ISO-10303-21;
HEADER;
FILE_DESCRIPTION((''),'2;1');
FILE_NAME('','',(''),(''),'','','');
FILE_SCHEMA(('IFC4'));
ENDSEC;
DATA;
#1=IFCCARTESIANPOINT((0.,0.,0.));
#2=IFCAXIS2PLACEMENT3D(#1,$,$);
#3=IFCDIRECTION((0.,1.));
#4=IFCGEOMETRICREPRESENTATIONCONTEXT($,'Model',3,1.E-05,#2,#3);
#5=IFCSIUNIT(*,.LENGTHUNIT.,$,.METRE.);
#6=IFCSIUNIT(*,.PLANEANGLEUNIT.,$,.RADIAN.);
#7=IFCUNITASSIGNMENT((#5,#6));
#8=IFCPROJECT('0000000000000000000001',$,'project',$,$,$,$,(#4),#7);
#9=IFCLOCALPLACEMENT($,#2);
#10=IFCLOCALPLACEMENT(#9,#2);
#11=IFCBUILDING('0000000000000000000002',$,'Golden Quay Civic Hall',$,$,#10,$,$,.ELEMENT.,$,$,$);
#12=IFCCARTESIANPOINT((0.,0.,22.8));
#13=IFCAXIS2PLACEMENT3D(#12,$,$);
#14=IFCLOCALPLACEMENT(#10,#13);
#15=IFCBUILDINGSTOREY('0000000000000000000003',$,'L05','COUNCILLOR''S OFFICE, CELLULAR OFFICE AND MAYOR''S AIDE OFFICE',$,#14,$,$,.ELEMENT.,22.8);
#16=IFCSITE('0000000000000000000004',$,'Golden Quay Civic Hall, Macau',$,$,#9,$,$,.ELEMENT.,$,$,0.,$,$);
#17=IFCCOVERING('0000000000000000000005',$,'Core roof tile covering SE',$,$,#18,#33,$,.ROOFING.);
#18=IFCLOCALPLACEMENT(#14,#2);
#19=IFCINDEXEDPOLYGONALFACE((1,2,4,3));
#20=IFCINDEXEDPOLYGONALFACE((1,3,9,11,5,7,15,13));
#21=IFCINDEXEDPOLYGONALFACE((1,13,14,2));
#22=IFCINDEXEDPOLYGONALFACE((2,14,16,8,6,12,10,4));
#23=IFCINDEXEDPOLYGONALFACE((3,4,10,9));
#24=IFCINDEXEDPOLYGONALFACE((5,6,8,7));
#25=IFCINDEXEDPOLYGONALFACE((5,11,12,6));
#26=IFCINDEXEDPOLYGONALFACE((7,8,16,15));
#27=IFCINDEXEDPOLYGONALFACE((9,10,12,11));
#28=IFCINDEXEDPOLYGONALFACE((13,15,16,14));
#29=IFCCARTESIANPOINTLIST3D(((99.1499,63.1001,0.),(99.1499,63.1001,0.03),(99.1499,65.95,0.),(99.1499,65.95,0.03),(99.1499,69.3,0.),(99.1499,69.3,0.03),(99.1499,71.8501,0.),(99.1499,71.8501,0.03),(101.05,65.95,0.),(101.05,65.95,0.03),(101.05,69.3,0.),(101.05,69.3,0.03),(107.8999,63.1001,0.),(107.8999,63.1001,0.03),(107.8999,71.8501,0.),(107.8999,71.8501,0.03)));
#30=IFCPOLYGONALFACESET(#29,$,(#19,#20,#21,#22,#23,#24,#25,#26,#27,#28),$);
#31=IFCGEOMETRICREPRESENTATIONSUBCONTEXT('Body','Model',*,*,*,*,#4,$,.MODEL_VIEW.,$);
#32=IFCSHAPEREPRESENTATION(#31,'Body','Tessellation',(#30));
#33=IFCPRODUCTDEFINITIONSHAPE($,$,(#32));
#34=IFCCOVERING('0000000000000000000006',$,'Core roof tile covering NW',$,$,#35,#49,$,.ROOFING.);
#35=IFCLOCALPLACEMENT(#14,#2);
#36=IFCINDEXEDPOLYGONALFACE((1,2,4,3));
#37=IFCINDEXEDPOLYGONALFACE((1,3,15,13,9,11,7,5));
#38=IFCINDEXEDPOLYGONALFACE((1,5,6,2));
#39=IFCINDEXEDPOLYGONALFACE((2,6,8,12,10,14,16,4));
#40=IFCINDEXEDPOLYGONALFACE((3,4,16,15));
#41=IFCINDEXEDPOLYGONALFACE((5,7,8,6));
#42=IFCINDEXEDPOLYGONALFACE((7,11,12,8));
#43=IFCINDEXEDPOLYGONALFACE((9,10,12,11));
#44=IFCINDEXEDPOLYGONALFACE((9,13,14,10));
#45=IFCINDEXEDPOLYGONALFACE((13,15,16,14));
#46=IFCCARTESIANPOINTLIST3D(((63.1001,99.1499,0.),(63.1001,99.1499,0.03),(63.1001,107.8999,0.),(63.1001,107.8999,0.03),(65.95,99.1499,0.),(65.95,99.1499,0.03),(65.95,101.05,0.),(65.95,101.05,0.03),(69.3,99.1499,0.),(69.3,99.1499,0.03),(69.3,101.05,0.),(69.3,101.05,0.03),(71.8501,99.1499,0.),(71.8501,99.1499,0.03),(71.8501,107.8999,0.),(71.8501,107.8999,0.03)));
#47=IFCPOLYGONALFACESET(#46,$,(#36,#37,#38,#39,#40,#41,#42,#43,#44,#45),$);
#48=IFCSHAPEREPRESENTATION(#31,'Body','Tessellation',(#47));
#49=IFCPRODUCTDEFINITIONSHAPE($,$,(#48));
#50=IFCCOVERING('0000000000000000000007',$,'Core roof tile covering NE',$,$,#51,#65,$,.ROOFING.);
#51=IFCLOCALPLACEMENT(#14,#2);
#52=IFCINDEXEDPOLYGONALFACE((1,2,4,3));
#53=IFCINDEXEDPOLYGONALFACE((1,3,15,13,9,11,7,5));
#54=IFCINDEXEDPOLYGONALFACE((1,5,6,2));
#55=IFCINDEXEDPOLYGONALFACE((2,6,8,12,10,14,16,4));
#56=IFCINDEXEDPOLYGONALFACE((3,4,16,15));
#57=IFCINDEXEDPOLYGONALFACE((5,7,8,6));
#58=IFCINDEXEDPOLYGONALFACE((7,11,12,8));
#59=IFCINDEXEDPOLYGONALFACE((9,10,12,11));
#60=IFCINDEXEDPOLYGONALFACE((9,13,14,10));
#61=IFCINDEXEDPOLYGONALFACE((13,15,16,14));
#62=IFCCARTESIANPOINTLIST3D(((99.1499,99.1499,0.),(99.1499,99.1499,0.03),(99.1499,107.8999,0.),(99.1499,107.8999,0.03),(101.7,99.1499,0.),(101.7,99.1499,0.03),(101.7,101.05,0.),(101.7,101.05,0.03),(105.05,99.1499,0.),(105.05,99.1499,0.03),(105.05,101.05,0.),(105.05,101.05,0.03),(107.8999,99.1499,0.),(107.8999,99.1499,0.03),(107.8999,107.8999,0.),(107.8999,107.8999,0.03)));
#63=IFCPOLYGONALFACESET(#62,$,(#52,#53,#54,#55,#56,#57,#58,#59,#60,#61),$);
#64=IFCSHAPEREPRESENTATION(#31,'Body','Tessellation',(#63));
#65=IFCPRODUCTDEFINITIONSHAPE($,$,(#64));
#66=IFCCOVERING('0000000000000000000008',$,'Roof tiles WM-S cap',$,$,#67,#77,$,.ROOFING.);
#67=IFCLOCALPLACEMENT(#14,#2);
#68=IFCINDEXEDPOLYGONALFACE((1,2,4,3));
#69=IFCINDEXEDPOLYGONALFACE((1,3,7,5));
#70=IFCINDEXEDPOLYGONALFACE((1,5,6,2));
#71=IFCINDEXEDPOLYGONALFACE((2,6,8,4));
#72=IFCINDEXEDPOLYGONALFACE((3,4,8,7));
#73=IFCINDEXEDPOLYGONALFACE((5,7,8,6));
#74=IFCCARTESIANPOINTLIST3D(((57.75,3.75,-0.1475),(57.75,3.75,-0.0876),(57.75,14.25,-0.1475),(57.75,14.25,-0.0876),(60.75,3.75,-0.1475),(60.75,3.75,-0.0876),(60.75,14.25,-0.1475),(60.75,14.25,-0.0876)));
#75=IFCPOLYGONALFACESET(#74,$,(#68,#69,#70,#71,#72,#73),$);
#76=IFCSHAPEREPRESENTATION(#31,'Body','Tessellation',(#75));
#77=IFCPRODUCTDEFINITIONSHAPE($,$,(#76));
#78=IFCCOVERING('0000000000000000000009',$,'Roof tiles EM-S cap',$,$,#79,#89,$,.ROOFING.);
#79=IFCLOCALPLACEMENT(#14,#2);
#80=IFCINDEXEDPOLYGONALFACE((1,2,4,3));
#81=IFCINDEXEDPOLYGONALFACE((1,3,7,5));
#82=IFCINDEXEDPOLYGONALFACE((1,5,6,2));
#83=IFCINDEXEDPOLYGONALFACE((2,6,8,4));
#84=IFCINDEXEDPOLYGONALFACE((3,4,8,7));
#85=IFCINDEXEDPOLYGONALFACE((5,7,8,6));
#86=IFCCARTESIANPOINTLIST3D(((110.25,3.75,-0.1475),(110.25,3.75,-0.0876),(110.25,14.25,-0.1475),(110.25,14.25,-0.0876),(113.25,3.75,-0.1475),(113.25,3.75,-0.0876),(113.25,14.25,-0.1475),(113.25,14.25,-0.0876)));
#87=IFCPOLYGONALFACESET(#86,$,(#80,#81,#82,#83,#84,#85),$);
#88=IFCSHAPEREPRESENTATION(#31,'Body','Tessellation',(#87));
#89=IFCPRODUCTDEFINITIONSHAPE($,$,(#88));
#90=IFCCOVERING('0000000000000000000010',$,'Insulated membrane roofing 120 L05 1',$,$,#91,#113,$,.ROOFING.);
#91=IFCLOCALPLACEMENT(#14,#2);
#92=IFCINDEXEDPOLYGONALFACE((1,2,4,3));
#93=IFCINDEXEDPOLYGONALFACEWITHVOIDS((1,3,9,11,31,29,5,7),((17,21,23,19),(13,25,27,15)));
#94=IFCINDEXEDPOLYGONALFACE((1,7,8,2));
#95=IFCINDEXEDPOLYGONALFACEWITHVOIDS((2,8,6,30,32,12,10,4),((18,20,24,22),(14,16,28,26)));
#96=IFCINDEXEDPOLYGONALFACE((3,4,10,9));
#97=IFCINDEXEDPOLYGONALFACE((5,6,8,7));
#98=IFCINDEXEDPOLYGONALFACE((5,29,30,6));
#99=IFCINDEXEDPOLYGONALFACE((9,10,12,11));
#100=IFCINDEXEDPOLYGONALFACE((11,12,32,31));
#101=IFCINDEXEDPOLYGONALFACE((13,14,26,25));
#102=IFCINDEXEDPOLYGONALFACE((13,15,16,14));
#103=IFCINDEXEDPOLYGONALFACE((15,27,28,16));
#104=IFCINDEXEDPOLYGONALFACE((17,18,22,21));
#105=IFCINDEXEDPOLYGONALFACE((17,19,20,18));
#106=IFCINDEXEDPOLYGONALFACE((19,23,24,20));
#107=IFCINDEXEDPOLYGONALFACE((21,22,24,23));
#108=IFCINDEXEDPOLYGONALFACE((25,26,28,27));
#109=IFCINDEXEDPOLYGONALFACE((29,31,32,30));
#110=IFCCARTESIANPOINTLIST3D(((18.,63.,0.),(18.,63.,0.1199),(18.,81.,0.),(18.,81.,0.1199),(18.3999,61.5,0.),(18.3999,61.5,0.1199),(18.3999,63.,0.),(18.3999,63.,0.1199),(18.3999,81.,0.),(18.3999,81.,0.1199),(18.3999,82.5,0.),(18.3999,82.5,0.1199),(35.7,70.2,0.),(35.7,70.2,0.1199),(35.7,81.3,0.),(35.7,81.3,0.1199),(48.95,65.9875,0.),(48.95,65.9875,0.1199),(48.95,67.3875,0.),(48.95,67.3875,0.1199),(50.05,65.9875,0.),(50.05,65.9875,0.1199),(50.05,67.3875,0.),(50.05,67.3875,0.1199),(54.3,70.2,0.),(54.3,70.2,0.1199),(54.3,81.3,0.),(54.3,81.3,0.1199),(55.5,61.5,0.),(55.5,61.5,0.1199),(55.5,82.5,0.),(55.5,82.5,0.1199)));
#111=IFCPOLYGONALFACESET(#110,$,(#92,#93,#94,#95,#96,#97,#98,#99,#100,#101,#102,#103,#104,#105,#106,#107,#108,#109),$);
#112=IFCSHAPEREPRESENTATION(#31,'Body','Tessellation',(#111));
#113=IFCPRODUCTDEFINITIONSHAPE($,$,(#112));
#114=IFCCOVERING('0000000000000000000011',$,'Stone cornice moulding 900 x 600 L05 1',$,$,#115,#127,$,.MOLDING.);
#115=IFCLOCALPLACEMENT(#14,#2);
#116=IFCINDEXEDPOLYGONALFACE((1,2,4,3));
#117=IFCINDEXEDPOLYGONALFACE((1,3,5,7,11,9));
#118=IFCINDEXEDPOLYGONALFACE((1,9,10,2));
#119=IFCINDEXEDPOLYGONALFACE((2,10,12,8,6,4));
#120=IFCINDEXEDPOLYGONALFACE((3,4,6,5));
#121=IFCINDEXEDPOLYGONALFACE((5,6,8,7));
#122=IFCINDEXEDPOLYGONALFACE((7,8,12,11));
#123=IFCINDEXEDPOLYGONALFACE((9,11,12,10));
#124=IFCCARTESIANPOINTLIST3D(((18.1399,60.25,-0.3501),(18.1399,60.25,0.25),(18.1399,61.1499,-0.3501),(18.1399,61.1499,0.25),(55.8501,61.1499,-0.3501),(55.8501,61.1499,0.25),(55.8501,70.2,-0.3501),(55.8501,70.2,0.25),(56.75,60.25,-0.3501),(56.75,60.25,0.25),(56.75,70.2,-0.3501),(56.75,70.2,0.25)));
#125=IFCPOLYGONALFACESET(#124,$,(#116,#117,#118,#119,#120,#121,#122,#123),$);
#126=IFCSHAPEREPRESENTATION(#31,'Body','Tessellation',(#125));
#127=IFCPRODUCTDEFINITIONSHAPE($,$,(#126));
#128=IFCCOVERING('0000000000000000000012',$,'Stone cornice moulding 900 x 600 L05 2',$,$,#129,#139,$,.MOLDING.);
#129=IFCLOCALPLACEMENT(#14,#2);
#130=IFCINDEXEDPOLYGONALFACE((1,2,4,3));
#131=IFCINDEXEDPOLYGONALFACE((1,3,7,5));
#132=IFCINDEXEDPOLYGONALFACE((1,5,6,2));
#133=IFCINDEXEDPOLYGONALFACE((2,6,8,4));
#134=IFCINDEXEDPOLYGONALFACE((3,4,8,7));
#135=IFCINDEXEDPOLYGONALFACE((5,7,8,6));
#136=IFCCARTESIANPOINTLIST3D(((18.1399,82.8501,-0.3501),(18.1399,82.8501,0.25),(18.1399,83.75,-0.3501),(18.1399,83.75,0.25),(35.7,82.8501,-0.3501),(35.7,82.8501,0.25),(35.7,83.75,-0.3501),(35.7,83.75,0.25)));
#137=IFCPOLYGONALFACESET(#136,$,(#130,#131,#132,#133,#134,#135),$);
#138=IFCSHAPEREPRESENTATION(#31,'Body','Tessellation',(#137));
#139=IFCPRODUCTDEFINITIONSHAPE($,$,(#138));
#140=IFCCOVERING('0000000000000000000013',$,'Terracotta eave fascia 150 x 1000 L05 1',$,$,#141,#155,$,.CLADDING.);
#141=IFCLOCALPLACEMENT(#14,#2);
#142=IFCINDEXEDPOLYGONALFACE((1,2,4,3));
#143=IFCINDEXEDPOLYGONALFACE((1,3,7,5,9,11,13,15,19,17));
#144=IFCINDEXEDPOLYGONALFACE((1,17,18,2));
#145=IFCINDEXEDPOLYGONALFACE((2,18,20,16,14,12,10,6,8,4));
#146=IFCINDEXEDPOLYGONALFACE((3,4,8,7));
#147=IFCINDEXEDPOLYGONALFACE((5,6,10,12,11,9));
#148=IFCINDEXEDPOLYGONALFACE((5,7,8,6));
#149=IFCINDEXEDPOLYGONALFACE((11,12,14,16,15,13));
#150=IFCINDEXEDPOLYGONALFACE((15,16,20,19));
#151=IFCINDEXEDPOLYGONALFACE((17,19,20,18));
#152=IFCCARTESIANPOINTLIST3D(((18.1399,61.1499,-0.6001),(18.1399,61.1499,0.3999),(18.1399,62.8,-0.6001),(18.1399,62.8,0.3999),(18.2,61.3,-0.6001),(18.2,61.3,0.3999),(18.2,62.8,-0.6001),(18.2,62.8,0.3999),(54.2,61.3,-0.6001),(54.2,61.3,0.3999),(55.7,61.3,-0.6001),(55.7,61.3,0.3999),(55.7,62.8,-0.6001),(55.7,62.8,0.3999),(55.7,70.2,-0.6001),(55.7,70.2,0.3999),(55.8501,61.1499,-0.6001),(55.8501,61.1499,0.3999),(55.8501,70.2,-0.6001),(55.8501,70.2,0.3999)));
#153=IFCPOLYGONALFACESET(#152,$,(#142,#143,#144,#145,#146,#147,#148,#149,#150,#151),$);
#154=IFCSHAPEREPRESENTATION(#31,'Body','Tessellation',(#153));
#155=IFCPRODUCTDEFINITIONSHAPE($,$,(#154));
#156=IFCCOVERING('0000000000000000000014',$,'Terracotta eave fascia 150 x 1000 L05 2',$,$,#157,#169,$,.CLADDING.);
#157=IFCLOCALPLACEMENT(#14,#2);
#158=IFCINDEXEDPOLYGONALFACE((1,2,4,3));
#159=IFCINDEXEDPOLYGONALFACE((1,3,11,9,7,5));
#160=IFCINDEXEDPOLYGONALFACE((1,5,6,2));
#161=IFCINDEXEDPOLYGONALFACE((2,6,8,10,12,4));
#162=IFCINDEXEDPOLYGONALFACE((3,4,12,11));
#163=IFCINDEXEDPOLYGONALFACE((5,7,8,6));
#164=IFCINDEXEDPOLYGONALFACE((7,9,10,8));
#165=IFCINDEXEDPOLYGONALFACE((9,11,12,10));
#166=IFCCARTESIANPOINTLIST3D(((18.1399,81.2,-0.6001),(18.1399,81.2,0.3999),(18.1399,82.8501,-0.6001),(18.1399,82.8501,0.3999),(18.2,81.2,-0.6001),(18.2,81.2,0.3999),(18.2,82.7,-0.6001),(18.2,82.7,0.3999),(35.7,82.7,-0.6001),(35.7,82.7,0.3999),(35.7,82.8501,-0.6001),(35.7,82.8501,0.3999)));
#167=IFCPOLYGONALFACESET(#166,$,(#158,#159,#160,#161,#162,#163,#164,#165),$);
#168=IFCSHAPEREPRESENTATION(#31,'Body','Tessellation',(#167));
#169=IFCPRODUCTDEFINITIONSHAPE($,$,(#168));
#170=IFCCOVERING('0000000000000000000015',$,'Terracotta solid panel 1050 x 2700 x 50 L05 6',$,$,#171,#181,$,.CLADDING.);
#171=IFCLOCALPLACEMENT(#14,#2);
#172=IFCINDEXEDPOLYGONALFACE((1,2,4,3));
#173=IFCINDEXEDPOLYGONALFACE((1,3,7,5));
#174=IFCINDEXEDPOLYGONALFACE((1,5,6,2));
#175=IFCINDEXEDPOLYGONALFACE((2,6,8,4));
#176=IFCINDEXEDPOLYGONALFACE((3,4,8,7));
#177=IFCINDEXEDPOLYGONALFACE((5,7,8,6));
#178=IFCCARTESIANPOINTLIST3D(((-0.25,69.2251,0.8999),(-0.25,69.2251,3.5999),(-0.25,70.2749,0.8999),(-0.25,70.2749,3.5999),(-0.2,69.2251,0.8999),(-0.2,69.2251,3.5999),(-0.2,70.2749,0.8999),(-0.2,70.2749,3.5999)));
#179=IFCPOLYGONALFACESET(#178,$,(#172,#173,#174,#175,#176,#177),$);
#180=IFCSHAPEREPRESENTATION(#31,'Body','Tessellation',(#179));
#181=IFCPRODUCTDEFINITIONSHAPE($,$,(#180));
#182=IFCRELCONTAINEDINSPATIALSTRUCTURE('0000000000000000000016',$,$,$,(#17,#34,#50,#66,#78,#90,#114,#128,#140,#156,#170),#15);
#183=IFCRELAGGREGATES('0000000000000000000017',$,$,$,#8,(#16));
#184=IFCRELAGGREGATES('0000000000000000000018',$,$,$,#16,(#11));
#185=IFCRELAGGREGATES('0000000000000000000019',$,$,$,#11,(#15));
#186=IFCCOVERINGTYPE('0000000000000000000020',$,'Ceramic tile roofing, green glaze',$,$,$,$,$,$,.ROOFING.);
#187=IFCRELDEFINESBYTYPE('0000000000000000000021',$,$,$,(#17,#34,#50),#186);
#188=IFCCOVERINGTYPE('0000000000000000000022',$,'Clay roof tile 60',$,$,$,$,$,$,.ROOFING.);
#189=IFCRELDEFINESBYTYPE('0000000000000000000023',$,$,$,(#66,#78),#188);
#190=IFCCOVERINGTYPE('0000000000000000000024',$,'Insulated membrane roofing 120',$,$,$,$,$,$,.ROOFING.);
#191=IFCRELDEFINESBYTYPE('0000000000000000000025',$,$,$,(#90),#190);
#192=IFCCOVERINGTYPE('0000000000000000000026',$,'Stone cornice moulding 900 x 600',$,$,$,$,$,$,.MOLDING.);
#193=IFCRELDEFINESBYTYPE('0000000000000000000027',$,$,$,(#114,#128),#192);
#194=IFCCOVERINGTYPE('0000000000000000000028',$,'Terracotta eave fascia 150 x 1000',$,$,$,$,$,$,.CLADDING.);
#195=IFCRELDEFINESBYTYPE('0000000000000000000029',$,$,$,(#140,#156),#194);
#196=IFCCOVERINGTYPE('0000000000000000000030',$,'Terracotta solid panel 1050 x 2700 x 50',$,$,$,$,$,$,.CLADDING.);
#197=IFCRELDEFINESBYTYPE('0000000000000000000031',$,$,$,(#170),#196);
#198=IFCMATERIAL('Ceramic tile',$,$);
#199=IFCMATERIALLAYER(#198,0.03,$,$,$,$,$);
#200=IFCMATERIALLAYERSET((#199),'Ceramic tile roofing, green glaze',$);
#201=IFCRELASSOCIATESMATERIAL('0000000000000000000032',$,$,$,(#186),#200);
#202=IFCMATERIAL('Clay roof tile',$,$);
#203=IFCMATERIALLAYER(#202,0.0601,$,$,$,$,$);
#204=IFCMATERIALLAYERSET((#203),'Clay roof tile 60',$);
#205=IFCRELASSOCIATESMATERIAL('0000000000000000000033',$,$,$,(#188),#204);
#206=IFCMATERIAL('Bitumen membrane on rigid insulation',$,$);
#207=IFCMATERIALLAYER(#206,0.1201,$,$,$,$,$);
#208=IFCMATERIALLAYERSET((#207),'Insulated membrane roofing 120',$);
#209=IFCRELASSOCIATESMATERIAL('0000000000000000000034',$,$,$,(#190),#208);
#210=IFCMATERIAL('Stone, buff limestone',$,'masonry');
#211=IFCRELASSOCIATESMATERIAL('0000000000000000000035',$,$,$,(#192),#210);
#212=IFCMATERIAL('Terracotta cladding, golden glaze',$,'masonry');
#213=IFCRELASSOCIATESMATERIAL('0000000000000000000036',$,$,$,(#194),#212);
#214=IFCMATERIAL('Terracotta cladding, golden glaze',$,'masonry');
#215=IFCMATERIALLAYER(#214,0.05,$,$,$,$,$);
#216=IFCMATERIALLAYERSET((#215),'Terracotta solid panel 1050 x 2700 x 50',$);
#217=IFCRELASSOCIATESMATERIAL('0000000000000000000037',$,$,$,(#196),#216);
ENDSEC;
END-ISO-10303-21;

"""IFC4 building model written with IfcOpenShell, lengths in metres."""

from ifc_helpers import new_model, si_unit, direction, frame, origin, place, context, subcontext, project, spatial, polyline, outline, extrude, material, layer, layer_set, type_object, element, save


model = new_model("IFC4")

# Units and contexts
model_context = context("Model", 3, precision=1e-05, world=origin(), true_north=direction((0.0, 1.0)))
body_context = subcontext(model_context, "Body", "Model", "MODEL_VIEW")
ifc_project = project(units=[si_unit("LENGTHUNIT", "METRE"), si_unit("PLANEANGLEUNIT", "RADIAN")], contexts=[model_context])

# Site, building, storey
site_placement = place(None, origin())
site = spatial("IfcSite", under=ifc_project, at=site_placement, Name="Golden Quay Civic Hall, Macau", CompositionType="ELEMENT", RefElevation=0.0)
building_placement = place(site_placement, origin())
building = spatial("IfcBuilding", under=site, at=building_placement, Name="Golden Quay Civic Hall", CompositionType="ELEMENT")
storey_placement = place(building_placement, frame((0.0, 0.0, 22.8)))
storey = spatial("IfcBuildingStorey", under=building, at=storey_placement, Name="L05", Description="COUNCILLOR'S OFFICE, CELLULAR OFFICE AND MAYOR'S AIDE OFFICE", CompositionType="ELEMENT", Elevation=22.8)

# Coverings
ifc_material_1 = material(Name="Ceramic tile")
ifc_layer_1 = layer(ifc_material_1, 0.03)
ifc_layer_set_1 = layer_set([ifc_layer_1], Name="Ceramic tile roofing, green glaze")
covering_type_1 = type_object("IfcCoveringType", Name="Ceramic tile roofing, green glaze", PredefinedType="ROOFING", material=ifc_layer_set_1)
covering_1_placement = place(storey_placement, origin())
element("IfcCovering", 1, at=covering_1_placement, inside=storey, type_object=covering_type_1, Name="Core roof tile covering SE", PredefinedType="ROOFING", context=body_context, shape_type="SweptSolid", body=[
    extrude(outline(polyline([(99.1499, 71.8501), (107.8999, 71.8501), (107.8999, 63.1001), (99.1499, 63.1001), (99.1499, 65.95), (101.05, 65.95), (101.05, 69.3), (99.1499, 69.3), (99.1499, 71.8501)])), origin(), (0.0, 0.0, 1.0), 0.03),
])
covering_2_placement = place(storey_placement, origin())
element("IfcCovering", 2, at=covering_2_placement, inside=storey, type_object=covering_type_1, Name="Core roof tile covering NW", PredefinedType="ROOFING", context=body_context, shape_type="SweptSolid", body=[
    extrude(outline(polyline([(63.1001, 99.1499), (63.1001, 107.8999), (71.8501, 107.8999), (71.8501, 99.1499), (69.3, 99.1499), (69.3, 101.05), (65.95, 101.05), (65.95, 99.1499), (63.1001, 99.1499)])), origin(), (0.0, 0.0, 1.0), 0.03),
])
covering_3_placement = place(storey_placement, origin())
element("IfcCovering", 3, at=covering_3_placement, inside=storey, type_object=covering_type_1, Name="Core roof tile covering NE", PredefinedType="ROOFING", context=body_context, shape_type="SweptSolid", body=[
    extrude(outline(polyline([(99.1499, 99.1499), (99.1499, 107.8999), (107.8999, 107.8999), (107.8999, 99.1499), (105.05, 99.1499), (105.05, 101.05), (101.7, 101.05), (101.7, 99.1499), (99.1499, 99.1499)])), origin(), (0.0, 0.0, 1.0), 0.03),
])
ifc_material_2 = material(Name="Clay roof tile")
ifc_layer_2 = layer(ifc_material_2, 0.0601)
ifc_layer_set_2 = layer_set([ifc_layer_2], Name="Clay roof tile 60")
covering_type_2 = type_object("IfcCoveringType", Name="Clay roof tile 60", PredefinedType="ROOFING", material=ifc_layer_set_2)
covering_4_placement = place(storey_placement, frame((0.0, 0.0, -0.1475)))
element("IfcCovering", 4, at=covering_4_placement, inside=storey, type_object=covering_type_2, Name="Roof tiles WM-S cap", PredefinedType="ROOFING", context=body_context, shape_type="SweptSolid", body=[
    extrude(outline(polyline([(57.75, 3.75), (60.75, 3.75), (60.75, 14.25), (57.75, 14.25), (57.75, 3.75)])), origin(), (0.0, 0.0, 1.0), 0.0598),
])
covering_5_placement = place(storey_placement, frame((0.0, 0.0, -0.1475)))
element("IfcCovering", 5, at=covering_5_placement, inside=storey, type_object=covering_type_2, Name="Roof tiles EM-S cap", PredefinedType="ROOFING", context=body_context, shape_type="SweptSolid", body=[
    extrude(outline(polyline([(110.25, 3.75), (113.25, 3.75), (113.25, 14.25), (110.25, 14.25), (110.25, 3.75)])), origin(), (0.0, 0.0, 1.0), 0.0598),
])
ifc_material_3 = material(Name="Bitumen membrane on rigid insulation")
ifc_layer_3 = layer(ifc_material_3, 0.1201)
ifc_layer_set_3 = layer_set([ifc_layer_3], Name="Insulated membrane roofing 120")
covering_type_3 = type_object("IfcCoveringType", Name="Insulated membrane roofing 120", PredefinedType="ROOFING", material=ifc_layer_set_3)
covering_6_placement = place(storey_placement, origin())
element("IfcCovering", 6, at=covering_6_placement, inside=storey, type_object=covering_type_3, Name="Insulated membrane roofing 120 L05 1", PredefinedType="ROOFING", context=body_context, shape_type="SweptSolid", body=[
    extrude(outline(polyline([(18.3999, 81.0), (18.3999, 82.5), (55.5, 82.5), (55.5, 61.5), (18.3999, 61.5), (18.3999, 63.0), (18.0, 63.0), (18.0, 81.0), (18.3999, 81.0)]), holes=[polyline([(35.7, 81.3), (35.7, 70.2), (54.3, 70.2), (54.3, 81.3), (35.7, 81.3)]), polyline([(50.05, 67.3875), (48.95, 67.3875), (48.95, 65.9875), (50.05, 65.9875), (50.05, 67.3875)])]), origin(), (0.0, 0.0, 1.0), 0.1199),
])
ifc_material_4 = material(Name="Stone, buff limestone", Category="masonry")
covering_type_4 = type_object("IfcCoveringType", Name="Stone cornice moulding 900 x 600", PredefinedType="MOLDING", material=ifc_material_4)
covering_7_placement = place(storey_placement, frame((0.0, 0.0, -0.3501)))
element("IfcCovering", 7, at=covering_7_placement, inside=storey, type_object=covering_type_4, Name="Stone cornice moulding 900 x 600 L05 1", PredefinedType="MOLDING", context=body_context, shape_type="SweptSolid", body=[
    extrude(outline(polyline([(56.75, 60.25), (18.1399, 60.25), (18.1399, 61.1499), (55.8501, 61.1499), (55.8501, 70.2), (56.75, 70.2), (56.75, 60.25)])), origin(), (0.0, 0.0, 1.0), 0.6001),
])
covering_8_placement = place(storey_placement, frame((0.0, 0.0, -0.3501)))
element("IfcCovering", 8, at=covering_8_placement, inside=storey, type_object=covering_type_4, Name="Stone cornice moulding 900 x 600 L05 2", PredefinedType="MOLDING", context=body_context, shape_type="SweptSolid", body=[
    extrude(outline(polyline([(18.1399, 82.8501), (18.1399, 83.75), (35.7, 83.75), (35.7, 82.8501), (18.1399, 82.8501)])), origin(), (0.0, 0.0, 1.0), 0.6001),
])
ifc_material_5 = material(Name="Terracotta cladding, golden glaze", Category="masonry")
covering_type_5 = type_object("IfcCoveringType", Name="Terracotta eave fascia 150 x 1000", PredefinedType="CLADDING", material=ifc_material_5)
covering_9_placement = place(storey_placement, frame((0.0, 0.0, -0.6001)))
element("IfcCovering", 9, at=covering_9_placement, inside=storey, type_object=covering_type_5, Name="Terracotta eave fascia 150 x 1000 L05 1", PredefinedType="CLADDING", context=body_context, shape_type="SweptSolid", body=[
    extrude(outline(polyline([(55.8501, 61.1499), (18.1399, 61.1499), (18.1399, 62.8), (18.2, 62.8), (18.2, 61.3), (54.2, 61.3), (55.7, 61.3), (55.7, 62.8), (55.7, 70.2), (55.8501, 70.2), (55.8501, 61.1499)])), origin(), (0.0, 0.0, 1.0), 1.0),
])
covering_10_placement = place(storey_placement, frame((0.0, 0.0, -0.6001)))
element("IfcCovering", 10, at=covering_10_placement, inside=storey, type_object=covering_type_5, Name="Terracotta eave fascia 150 x 1000 L05 2", PredefinedType="CLADDING", context=body_context, shape_type="SweptSolid", body=[
    extrude(outline(polyline([(18.2, 82.7), (18.2, 81.2), (18.1399, 81.2), (18.1399, 82.8501), (35.7, 82.8501), (35.7, 82.7), (18.2, 82.7)])), origin(), (0.0, 0.0, 1.0), 1.0),
])
ifc_material_6 = material(Name="Terracotta cladding, golden glaze", Category="masonry")
ifc_layer_4 = layer(ifc_material_6, 0.05)
ifc_layer_set_4 = layer_set([ifc_layer_4], Name="Terracotta solid panel 1050 x 2700 x 50")
covering_type_6 = type_object("IfcCoveringType", Name="Terracotta solid panel 1050 x 2700 x 50", PredefinedType="CLADDING", material=ifc_layer_set_4)
covering_11_placement = place(storey_placement, frame((0.0, 0.0, 0.8999)))
element("IfcCovering", 11, at=covering_11_placement, inside=storey, type_object=covering_type_6, Name="Terracotta solid panel 1050 x 2700 x 50 L05 6", PredefinedType="CLADDING", context=body_context, shape_type="SweptSolid", body=[
    extrude(outline(polyline([(-0.2, 69.2251), (-0.2, 70.2749), (-0.25, 70.2749), (-0.25, 69.2251), (-0.2, 69.2251)])), origin(), (0.0, 0.0, 1.0), 2.7),
])

save(model, "model.ifc")
